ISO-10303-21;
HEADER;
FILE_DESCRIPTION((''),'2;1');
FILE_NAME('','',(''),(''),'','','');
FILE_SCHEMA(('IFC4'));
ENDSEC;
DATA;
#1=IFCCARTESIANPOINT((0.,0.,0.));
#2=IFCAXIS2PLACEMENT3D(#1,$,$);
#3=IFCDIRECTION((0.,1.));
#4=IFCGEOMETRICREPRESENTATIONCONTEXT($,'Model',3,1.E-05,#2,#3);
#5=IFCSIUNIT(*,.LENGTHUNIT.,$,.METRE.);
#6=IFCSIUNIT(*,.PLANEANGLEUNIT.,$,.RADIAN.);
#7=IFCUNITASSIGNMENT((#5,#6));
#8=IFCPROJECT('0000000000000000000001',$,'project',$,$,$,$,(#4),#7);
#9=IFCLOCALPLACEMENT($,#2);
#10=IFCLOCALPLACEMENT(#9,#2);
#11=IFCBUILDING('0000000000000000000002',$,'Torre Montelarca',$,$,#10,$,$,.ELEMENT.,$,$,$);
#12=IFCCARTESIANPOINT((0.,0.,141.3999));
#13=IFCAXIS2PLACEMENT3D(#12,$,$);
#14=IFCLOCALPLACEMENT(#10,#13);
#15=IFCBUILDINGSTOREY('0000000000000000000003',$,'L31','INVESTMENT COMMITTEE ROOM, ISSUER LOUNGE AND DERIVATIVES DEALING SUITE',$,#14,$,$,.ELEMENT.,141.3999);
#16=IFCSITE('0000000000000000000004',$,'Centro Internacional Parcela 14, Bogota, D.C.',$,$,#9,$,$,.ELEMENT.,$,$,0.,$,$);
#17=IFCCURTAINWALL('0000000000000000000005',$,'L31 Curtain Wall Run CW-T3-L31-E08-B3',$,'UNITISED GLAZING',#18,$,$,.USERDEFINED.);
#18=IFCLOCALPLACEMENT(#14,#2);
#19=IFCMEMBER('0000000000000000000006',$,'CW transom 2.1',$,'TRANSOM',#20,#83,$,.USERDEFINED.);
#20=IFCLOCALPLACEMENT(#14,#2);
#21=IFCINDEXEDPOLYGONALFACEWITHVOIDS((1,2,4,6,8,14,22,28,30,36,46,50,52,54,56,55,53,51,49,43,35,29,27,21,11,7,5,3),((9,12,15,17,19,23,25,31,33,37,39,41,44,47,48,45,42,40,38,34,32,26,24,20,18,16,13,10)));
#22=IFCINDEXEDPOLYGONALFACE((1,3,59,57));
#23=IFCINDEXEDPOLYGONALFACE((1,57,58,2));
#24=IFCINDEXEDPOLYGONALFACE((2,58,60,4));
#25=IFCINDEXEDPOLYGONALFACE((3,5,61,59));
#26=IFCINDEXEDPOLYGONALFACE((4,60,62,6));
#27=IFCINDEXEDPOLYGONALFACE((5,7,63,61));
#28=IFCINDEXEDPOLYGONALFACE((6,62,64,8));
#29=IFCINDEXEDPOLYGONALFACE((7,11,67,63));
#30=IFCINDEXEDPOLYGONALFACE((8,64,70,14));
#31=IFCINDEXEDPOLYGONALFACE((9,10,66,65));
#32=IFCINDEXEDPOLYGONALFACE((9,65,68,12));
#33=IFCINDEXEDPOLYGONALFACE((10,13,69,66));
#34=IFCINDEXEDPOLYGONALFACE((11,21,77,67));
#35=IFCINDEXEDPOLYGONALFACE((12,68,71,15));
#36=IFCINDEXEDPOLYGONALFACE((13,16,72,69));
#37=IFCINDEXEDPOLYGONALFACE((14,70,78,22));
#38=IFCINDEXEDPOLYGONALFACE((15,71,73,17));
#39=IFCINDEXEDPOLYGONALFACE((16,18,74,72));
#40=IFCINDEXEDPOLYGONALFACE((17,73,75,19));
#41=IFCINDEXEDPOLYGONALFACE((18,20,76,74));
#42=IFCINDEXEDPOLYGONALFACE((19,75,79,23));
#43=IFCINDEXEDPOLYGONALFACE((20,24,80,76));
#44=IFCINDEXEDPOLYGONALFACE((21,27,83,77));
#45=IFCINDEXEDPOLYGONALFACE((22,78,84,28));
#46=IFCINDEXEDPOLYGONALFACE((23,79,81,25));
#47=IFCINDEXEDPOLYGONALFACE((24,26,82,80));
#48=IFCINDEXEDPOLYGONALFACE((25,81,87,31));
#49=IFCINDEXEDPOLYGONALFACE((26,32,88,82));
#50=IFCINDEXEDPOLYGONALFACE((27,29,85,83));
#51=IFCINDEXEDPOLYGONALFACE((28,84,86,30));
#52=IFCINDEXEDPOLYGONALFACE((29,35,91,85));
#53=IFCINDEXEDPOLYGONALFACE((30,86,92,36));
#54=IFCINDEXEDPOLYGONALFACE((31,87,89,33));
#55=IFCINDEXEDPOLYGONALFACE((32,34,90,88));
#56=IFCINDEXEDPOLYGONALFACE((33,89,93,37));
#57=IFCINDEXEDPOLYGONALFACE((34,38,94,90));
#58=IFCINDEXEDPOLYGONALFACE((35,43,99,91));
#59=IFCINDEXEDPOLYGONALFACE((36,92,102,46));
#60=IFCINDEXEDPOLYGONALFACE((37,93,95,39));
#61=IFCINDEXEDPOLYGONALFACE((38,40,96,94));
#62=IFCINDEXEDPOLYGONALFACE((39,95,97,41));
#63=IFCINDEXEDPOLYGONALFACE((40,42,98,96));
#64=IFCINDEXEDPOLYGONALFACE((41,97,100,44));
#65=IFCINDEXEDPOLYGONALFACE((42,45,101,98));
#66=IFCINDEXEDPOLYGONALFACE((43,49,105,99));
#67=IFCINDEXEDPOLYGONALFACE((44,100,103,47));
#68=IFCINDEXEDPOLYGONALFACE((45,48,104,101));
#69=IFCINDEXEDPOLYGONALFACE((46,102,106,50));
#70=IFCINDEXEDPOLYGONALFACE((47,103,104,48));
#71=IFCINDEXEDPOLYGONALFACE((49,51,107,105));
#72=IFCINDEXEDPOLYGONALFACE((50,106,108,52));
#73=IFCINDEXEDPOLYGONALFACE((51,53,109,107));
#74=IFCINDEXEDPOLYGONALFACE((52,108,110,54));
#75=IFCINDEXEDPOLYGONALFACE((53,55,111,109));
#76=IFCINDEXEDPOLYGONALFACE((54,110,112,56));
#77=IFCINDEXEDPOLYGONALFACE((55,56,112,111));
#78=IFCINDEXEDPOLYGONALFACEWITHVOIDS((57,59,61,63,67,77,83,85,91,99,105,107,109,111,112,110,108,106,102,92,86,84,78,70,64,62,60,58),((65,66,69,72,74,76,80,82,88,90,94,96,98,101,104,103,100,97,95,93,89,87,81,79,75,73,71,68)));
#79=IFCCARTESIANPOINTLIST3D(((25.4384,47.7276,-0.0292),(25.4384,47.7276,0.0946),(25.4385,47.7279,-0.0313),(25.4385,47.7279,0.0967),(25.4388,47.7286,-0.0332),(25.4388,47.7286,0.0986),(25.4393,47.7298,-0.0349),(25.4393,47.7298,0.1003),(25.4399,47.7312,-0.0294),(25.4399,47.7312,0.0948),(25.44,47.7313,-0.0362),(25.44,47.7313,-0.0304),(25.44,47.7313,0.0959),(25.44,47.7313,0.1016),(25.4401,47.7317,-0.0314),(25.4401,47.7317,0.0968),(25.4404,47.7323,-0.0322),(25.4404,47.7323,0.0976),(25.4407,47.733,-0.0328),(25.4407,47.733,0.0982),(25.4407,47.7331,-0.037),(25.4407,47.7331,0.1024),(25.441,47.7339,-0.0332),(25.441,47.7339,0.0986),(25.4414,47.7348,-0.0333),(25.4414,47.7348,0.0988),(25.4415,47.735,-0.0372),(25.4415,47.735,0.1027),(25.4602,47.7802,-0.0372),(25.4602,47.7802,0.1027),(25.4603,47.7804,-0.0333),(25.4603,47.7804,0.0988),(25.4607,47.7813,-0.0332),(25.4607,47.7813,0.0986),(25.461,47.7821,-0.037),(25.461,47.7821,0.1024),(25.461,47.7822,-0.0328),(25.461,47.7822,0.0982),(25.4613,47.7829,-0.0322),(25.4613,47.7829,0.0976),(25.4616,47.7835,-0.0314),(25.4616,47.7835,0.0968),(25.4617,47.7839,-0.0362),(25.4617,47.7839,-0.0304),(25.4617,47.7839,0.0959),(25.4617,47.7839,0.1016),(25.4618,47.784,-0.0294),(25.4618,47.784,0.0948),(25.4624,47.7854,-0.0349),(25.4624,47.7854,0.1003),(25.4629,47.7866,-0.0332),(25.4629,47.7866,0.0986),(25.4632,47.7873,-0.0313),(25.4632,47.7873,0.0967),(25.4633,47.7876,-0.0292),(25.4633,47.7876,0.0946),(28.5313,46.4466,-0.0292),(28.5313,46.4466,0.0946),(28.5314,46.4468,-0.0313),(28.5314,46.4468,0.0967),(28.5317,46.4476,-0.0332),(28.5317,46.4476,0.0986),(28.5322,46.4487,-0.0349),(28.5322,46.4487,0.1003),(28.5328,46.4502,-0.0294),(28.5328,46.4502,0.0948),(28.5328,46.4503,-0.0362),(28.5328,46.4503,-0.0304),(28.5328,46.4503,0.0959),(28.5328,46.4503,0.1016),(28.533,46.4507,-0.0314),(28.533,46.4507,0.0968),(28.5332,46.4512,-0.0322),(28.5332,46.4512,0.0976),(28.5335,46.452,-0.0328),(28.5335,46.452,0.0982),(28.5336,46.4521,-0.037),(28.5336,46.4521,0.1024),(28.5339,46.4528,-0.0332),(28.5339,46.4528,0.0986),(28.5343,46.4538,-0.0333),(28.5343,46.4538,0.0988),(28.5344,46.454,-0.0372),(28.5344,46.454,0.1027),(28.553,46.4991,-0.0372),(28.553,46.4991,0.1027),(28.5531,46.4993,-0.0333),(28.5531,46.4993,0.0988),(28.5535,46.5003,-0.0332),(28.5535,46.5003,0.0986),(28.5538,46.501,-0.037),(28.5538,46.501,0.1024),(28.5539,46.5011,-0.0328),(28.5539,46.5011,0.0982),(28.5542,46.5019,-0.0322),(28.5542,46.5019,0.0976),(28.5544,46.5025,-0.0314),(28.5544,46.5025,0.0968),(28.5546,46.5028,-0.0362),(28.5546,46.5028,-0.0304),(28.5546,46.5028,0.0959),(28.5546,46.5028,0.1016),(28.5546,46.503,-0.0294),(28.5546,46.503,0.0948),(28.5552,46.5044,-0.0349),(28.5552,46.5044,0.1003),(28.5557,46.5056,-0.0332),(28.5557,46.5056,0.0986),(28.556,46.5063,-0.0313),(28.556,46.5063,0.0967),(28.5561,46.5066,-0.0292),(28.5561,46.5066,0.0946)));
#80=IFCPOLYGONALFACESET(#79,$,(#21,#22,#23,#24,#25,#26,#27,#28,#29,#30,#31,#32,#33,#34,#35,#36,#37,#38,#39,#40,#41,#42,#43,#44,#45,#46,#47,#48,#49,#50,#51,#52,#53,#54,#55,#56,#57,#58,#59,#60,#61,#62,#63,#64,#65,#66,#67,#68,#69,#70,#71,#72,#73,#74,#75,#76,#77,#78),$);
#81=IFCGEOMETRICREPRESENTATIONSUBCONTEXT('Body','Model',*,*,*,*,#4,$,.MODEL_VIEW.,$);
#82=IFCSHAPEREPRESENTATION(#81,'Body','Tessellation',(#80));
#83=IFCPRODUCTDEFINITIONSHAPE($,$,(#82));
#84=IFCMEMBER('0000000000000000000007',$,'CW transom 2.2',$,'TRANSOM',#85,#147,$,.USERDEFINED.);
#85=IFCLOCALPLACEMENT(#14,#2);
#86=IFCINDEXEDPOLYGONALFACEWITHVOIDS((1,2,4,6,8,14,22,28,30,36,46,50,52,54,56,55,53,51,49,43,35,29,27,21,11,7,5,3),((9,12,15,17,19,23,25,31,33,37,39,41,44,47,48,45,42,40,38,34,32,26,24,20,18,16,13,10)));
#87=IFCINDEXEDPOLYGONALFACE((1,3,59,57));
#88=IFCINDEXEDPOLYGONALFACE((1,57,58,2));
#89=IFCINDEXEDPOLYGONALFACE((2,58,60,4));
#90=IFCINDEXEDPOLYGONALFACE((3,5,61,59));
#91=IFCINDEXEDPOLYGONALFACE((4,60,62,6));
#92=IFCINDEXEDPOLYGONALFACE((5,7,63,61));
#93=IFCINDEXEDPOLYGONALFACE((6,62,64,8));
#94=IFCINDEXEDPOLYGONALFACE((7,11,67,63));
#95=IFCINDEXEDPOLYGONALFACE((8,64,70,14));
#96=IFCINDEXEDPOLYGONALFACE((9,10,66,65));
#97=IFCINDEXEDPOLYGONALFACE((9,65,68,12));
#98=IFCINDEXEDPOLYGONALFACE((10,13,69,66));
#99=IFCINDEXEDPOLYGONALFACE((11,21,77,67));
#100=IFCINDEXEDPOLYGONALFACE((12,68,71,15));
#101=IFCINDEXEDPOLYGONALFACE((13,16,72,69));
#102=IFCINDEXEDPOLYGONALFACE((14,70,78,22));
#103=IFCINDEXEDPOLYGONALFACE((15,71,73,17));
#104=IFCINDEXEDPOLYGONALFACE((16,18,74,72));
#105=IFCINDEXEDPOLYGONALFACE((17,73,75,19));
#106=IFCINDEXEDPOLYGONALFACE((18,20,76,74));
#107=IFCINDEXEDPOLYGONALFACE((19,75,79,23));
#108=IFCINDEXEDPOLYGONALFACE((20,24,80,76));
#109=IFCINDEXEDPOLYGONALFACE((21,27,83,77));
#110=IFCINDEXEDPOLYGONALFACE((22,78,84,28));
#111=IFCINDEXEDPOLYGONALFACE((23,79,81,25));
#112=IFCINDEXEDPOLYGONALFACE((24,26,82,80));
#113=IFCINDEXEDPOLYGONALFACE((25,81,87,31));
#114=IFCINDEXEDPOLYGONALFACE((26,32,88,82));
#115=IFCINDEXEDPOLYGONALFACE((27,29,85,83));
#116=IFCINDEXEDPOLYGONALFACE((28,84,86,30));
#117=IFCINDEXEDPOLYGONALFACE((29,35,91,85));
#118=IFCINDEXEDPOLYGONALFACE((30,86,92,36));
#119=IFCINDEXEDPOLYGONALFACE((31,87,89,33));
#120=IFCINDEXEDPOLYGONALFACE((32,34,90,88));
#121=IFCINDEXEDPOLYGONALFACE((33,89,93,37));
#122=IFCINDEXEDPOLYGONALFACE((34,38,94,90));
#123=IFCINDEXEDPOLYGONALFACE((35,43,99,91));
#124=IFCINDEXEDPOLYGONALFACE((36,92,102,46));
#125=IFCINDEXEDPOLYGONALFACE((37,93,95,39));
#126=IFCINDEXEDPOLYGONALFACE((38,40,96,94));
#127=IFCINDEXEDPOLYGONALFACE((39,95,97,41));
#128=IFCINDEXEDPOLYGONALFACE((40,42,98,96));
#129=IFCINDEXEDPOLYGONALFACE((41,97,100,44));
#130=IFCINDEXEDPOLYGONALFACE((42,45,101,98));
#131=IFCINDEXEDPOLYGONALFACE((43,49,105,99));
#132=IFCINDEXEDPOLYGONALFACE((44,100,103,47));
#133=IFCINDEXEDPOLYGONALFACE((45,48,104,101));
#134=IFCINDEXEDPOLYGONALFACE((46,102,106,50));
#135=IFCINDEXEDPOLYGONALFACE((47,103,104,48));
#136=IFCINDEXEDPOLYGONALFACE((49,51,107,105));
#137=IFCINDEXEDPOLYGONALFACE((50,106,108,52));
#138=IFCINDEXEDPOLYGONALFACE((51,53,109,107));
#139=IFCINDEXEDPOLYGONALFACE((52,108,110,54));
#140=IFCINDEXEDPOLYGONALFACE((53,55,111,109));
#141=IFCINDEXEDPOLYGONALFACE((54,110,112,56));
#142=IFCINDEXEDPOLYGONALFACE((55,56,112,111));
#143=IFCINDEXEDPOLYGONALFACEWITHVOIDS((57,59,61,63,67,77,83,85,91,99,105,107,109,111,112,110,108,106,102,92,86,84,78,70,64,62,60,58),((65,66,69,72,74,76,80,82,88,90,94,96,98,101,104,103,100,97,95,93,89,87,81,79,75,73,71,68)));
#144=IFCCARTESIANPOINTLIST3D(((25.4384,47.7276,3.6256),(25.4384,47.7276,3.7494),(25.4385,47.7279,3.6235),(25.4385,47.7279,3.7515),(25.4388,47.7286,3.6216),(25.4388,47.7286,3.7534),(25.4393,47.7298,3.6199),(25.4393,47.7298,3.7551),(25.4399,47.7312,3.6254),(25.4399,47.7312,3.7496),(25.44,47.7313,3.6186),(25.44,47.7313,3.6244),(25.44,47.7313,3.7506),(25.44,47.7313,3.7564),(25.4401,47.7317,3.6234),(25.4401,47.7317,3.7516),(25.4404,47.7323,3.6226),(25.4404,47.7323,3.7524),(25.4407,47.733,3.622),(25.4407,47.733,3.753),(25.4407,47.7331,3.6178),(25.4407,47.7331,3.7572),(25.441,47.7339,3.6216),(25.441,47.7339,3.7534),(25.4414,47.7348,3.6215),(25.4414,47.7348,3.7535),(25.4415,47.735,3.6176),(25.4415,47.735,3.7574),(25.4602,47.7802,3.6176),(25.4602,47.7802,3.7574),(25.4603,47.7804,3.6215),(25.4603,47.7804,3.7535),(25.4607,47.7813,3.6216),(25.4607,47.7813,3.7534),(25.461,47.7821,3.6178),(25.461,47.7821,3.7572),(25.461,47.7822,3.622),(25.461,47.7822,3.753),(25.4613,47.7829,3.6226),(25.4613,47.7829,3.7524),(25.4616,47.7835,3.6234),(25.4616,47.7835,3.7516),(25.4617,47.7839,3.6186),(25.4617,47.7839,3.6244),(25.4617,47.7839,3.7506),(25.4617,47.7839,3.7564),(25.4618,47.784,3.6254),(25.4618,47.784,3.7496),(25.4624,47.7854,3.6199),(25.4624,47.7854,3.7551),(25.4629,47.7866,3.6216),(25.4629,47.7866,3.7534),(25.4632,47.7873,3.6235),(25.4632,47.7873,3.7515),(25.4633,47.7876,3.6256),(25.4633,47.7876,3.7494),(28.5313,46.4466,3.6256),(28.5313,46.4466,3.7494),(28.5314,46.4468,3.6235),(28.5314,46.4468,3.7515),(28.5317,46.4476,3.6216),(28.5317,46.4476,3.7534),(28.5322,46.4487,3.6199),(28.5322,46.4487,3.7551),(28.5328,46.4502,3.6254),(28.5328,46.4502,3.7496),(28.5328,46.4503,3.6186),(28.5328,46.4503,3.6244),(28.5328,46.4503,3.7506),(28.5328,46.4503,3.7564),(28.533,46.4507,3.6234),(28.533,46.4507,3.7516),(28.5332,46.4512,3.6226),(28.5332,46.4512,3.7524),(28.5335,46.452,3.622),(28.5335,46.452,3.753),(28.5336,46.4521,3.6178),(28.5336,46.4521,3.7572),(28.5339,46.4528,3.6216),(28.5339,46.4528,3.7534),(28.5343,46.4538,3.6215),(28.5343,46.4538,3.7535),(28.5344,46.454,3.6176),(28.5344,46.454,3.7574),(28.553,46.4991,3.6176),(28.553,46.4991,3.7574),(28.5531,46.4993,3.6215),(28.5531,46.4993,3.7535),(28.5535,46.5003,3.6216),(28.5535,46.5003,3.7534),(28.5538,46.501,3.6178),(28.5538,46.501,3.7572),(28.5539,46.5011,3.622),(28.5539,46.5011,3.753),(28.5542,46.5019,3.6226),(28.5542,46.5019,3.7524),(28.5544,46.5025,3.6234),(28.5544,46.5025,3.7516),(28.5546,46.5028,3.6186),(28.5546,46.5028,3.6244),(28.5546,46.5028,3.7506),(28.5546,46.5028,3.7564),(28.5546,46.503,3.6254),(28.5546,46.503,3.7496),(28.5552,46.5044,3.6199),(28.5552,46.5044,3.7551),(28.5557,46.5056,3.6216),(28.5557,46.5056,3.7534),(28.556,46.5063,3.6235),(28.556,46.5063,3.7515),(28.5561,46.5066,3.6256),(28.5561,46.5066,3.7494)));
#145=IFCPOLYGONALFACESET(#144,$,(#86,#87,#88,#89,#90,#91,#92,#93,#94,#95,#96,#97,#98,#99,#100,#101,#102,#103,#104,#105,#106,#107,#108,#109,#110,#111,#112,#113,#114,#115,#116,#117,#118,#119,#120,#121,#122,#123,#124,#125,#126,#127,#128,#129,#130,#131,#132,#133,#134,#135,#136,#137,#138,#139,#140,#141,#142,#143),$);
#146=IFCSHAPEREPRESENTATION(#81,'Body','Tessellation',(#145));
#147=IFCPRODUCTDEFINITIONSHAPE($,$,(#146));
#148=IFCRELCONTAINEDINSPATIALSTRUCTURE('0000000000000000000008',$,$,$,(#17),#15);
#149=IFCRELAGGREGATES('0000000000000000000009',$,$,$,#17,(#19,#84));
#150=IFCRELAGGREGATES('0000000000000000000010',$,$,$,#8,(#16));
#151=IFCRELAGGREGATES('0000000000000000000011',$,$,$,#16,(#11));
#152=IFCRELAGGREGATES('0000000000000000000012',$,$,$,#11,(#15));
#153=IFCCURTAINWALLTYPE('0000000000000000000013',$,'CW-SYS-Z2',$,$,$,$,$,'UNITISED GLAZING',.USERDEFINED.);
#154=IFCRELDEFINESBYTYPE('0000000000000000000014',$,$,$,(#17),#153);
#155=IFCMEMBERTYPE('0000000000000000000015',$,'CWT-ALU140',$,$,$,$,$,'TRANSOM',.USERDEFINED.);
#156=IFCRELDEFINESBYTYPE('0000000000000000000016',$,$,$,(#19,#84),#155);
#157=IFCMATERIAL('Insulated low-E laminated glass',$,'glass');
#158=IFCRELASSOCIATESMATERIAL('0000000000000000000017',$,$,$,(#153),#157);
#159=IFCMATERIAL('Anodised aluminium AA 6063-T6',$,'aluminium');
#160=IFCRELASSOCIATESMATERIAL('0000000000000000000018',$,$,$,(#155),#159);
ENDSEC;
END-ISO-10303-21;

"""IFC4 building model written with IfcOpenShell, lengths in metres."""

from ifc_helpers import new_model, si_unit, direction, frame, origin, origin_2d, place, context, subcontext, project, spatial, hollow_rectangle, extrude, source, transform, mapped, material, material_profile, profile_set, type_object, element, aggregate, save


model = new_model("IFC4")

# Units and contexts
model_context = context("Model", 3, precision=1e-05, world=origin(), true_north=direction((0.0, 1.0)))
body_context = subcontext(model_context, "Body", "Model", "MODEL_VIEW")
ifc_project = project(units=[si_unit("LENGTHUNIT", "METRE"), si_unit("PLANEANGLEUNIT", "RADIAN")], contexts=[model_context])

# Site, building, storey
site_placement = place(None, origin())
site = spatial("IfcSite", under=ifc_project, at=site_placement, Name="Centro Internacional Parcela 14, Bogota, D.C.", CompositionType="ELEMENT", RefElevation=0.0)
building_placement = place(site_placement, origin())
building = spatial("IfcBuilding", under=site, at=building_placement, Name="Torre Montelarca", CompositionType="ELEMENT")
storey_placement = place(building_placement, frame((0.0, 0.0, 141.3999)))
storey = spatial("IfcBuildingStorey", under=building, at=storey_placement, Name="L31", Description="INVESTMENT COMMITTEE ROOM, ISSUER LOUNGE AND DERIVATIVES DEALING SUITE", CompositionType="ELEMENT", Elevation=141.3999)

# Curtain wall
ifc_material_1 = material(Name="Insulated low-E laminated glass", Category="glass")
curtain_wall_type = type_object("IfcCurtainWallType", Name="CW-SYS-Z2", ElementType="UNITISED GLAZING", PredefinedType="USERDEFINED", material=ifc_material_1)
curtain_wall_1_placement = place(storey_placement, origin())
curtain_wall_1 = element("IfcCurtainWall", 1, at=curtain_wall_1_placement, inside=storey, type_object=curtain_wall_type, Name="L31 Curtain Wall Run CW-T3-L31-E08-B3", ObjectType="UNITISED GLAZING", PredefinedType="USERDEFINED")
ifc_material_2 = material(Name="Anodised aluminium AA 6063-T6", Category="aluminium")

# Members
ifc_material_profile_1 = material_profile(ifc_material_2, hollow_rectangle(XDim=0.0649, YDim=0.1399, WallThickness=0.0039, InnerFilletRadius=0.0039, OuterFilletRadius=0.0081, at=origin_2d()), Name="ALU65X140X4", Category="aluminium")
ifc_profile_set_1 = profile_set([ifc_material_profile_1], Name="Anodised aluminium AA 6063-T6")
member_type_1 = type_object("IfcMemberType", Name="CWT-ALU140", ElementType="TRANSOM", PredefinedType="USERDEFINED", material=ifc_profile_set_1)
shared_shape_1 = source(origin(), body_context, "Body", "SweptSolid", [
    extrude(hollow_rectangle(XDim=0.0649, YDim=0.1399, WallThickness=0.0039, InnerFilletRadius=0.0039, OuterFilletRadius=0.0081, at=origin_2d()), origin(), (0.0, 0.0, 1.0), 3.3477),
])
member_1_placement = place(storey_placement, frame((28.5437, 46.4766, 0.0327), z_axis=(-0.923886, 0.382667, 0.0), x_axis=(-0.382667, -0.923886, 0.0)))
member_1 = element("IfcMember", 2, at=member_1_placement, type_object=member_type_1, Name="CW transom 2.1", ObjectType="TRANSOM", PredefinedType="USERDEFINED", context=body_context, shape_type="MappedRepresentation", body=[
    mapped(shared_shape_1, transform((0.0, 0.0, 0.0), scale=1.0)),
])
member_2_placement = place(storey_placement, frame((28.5437, 46.4766, 3.6875), z_axis=(-0.923886, 0.382667, 0.0), x_axis=(-0.382667, -0.923886, 0.0)))
member_2 = element("IfcMember", 3, at=member_2_placement, type_object=member_type_1, Name="CW transom 2.2", ObjectType="TRANSOM", PredefinedType="USERDEFINED", context=body_context, shape_type="MappedRepresentation", body=[
    mapped(shared_shape_1, transform((0.0, 0.0, 0.0), scale=1.0)),
])

aggregate(curtain_wall_1, [member_1, member_2])

save(model, "model.ifc")
